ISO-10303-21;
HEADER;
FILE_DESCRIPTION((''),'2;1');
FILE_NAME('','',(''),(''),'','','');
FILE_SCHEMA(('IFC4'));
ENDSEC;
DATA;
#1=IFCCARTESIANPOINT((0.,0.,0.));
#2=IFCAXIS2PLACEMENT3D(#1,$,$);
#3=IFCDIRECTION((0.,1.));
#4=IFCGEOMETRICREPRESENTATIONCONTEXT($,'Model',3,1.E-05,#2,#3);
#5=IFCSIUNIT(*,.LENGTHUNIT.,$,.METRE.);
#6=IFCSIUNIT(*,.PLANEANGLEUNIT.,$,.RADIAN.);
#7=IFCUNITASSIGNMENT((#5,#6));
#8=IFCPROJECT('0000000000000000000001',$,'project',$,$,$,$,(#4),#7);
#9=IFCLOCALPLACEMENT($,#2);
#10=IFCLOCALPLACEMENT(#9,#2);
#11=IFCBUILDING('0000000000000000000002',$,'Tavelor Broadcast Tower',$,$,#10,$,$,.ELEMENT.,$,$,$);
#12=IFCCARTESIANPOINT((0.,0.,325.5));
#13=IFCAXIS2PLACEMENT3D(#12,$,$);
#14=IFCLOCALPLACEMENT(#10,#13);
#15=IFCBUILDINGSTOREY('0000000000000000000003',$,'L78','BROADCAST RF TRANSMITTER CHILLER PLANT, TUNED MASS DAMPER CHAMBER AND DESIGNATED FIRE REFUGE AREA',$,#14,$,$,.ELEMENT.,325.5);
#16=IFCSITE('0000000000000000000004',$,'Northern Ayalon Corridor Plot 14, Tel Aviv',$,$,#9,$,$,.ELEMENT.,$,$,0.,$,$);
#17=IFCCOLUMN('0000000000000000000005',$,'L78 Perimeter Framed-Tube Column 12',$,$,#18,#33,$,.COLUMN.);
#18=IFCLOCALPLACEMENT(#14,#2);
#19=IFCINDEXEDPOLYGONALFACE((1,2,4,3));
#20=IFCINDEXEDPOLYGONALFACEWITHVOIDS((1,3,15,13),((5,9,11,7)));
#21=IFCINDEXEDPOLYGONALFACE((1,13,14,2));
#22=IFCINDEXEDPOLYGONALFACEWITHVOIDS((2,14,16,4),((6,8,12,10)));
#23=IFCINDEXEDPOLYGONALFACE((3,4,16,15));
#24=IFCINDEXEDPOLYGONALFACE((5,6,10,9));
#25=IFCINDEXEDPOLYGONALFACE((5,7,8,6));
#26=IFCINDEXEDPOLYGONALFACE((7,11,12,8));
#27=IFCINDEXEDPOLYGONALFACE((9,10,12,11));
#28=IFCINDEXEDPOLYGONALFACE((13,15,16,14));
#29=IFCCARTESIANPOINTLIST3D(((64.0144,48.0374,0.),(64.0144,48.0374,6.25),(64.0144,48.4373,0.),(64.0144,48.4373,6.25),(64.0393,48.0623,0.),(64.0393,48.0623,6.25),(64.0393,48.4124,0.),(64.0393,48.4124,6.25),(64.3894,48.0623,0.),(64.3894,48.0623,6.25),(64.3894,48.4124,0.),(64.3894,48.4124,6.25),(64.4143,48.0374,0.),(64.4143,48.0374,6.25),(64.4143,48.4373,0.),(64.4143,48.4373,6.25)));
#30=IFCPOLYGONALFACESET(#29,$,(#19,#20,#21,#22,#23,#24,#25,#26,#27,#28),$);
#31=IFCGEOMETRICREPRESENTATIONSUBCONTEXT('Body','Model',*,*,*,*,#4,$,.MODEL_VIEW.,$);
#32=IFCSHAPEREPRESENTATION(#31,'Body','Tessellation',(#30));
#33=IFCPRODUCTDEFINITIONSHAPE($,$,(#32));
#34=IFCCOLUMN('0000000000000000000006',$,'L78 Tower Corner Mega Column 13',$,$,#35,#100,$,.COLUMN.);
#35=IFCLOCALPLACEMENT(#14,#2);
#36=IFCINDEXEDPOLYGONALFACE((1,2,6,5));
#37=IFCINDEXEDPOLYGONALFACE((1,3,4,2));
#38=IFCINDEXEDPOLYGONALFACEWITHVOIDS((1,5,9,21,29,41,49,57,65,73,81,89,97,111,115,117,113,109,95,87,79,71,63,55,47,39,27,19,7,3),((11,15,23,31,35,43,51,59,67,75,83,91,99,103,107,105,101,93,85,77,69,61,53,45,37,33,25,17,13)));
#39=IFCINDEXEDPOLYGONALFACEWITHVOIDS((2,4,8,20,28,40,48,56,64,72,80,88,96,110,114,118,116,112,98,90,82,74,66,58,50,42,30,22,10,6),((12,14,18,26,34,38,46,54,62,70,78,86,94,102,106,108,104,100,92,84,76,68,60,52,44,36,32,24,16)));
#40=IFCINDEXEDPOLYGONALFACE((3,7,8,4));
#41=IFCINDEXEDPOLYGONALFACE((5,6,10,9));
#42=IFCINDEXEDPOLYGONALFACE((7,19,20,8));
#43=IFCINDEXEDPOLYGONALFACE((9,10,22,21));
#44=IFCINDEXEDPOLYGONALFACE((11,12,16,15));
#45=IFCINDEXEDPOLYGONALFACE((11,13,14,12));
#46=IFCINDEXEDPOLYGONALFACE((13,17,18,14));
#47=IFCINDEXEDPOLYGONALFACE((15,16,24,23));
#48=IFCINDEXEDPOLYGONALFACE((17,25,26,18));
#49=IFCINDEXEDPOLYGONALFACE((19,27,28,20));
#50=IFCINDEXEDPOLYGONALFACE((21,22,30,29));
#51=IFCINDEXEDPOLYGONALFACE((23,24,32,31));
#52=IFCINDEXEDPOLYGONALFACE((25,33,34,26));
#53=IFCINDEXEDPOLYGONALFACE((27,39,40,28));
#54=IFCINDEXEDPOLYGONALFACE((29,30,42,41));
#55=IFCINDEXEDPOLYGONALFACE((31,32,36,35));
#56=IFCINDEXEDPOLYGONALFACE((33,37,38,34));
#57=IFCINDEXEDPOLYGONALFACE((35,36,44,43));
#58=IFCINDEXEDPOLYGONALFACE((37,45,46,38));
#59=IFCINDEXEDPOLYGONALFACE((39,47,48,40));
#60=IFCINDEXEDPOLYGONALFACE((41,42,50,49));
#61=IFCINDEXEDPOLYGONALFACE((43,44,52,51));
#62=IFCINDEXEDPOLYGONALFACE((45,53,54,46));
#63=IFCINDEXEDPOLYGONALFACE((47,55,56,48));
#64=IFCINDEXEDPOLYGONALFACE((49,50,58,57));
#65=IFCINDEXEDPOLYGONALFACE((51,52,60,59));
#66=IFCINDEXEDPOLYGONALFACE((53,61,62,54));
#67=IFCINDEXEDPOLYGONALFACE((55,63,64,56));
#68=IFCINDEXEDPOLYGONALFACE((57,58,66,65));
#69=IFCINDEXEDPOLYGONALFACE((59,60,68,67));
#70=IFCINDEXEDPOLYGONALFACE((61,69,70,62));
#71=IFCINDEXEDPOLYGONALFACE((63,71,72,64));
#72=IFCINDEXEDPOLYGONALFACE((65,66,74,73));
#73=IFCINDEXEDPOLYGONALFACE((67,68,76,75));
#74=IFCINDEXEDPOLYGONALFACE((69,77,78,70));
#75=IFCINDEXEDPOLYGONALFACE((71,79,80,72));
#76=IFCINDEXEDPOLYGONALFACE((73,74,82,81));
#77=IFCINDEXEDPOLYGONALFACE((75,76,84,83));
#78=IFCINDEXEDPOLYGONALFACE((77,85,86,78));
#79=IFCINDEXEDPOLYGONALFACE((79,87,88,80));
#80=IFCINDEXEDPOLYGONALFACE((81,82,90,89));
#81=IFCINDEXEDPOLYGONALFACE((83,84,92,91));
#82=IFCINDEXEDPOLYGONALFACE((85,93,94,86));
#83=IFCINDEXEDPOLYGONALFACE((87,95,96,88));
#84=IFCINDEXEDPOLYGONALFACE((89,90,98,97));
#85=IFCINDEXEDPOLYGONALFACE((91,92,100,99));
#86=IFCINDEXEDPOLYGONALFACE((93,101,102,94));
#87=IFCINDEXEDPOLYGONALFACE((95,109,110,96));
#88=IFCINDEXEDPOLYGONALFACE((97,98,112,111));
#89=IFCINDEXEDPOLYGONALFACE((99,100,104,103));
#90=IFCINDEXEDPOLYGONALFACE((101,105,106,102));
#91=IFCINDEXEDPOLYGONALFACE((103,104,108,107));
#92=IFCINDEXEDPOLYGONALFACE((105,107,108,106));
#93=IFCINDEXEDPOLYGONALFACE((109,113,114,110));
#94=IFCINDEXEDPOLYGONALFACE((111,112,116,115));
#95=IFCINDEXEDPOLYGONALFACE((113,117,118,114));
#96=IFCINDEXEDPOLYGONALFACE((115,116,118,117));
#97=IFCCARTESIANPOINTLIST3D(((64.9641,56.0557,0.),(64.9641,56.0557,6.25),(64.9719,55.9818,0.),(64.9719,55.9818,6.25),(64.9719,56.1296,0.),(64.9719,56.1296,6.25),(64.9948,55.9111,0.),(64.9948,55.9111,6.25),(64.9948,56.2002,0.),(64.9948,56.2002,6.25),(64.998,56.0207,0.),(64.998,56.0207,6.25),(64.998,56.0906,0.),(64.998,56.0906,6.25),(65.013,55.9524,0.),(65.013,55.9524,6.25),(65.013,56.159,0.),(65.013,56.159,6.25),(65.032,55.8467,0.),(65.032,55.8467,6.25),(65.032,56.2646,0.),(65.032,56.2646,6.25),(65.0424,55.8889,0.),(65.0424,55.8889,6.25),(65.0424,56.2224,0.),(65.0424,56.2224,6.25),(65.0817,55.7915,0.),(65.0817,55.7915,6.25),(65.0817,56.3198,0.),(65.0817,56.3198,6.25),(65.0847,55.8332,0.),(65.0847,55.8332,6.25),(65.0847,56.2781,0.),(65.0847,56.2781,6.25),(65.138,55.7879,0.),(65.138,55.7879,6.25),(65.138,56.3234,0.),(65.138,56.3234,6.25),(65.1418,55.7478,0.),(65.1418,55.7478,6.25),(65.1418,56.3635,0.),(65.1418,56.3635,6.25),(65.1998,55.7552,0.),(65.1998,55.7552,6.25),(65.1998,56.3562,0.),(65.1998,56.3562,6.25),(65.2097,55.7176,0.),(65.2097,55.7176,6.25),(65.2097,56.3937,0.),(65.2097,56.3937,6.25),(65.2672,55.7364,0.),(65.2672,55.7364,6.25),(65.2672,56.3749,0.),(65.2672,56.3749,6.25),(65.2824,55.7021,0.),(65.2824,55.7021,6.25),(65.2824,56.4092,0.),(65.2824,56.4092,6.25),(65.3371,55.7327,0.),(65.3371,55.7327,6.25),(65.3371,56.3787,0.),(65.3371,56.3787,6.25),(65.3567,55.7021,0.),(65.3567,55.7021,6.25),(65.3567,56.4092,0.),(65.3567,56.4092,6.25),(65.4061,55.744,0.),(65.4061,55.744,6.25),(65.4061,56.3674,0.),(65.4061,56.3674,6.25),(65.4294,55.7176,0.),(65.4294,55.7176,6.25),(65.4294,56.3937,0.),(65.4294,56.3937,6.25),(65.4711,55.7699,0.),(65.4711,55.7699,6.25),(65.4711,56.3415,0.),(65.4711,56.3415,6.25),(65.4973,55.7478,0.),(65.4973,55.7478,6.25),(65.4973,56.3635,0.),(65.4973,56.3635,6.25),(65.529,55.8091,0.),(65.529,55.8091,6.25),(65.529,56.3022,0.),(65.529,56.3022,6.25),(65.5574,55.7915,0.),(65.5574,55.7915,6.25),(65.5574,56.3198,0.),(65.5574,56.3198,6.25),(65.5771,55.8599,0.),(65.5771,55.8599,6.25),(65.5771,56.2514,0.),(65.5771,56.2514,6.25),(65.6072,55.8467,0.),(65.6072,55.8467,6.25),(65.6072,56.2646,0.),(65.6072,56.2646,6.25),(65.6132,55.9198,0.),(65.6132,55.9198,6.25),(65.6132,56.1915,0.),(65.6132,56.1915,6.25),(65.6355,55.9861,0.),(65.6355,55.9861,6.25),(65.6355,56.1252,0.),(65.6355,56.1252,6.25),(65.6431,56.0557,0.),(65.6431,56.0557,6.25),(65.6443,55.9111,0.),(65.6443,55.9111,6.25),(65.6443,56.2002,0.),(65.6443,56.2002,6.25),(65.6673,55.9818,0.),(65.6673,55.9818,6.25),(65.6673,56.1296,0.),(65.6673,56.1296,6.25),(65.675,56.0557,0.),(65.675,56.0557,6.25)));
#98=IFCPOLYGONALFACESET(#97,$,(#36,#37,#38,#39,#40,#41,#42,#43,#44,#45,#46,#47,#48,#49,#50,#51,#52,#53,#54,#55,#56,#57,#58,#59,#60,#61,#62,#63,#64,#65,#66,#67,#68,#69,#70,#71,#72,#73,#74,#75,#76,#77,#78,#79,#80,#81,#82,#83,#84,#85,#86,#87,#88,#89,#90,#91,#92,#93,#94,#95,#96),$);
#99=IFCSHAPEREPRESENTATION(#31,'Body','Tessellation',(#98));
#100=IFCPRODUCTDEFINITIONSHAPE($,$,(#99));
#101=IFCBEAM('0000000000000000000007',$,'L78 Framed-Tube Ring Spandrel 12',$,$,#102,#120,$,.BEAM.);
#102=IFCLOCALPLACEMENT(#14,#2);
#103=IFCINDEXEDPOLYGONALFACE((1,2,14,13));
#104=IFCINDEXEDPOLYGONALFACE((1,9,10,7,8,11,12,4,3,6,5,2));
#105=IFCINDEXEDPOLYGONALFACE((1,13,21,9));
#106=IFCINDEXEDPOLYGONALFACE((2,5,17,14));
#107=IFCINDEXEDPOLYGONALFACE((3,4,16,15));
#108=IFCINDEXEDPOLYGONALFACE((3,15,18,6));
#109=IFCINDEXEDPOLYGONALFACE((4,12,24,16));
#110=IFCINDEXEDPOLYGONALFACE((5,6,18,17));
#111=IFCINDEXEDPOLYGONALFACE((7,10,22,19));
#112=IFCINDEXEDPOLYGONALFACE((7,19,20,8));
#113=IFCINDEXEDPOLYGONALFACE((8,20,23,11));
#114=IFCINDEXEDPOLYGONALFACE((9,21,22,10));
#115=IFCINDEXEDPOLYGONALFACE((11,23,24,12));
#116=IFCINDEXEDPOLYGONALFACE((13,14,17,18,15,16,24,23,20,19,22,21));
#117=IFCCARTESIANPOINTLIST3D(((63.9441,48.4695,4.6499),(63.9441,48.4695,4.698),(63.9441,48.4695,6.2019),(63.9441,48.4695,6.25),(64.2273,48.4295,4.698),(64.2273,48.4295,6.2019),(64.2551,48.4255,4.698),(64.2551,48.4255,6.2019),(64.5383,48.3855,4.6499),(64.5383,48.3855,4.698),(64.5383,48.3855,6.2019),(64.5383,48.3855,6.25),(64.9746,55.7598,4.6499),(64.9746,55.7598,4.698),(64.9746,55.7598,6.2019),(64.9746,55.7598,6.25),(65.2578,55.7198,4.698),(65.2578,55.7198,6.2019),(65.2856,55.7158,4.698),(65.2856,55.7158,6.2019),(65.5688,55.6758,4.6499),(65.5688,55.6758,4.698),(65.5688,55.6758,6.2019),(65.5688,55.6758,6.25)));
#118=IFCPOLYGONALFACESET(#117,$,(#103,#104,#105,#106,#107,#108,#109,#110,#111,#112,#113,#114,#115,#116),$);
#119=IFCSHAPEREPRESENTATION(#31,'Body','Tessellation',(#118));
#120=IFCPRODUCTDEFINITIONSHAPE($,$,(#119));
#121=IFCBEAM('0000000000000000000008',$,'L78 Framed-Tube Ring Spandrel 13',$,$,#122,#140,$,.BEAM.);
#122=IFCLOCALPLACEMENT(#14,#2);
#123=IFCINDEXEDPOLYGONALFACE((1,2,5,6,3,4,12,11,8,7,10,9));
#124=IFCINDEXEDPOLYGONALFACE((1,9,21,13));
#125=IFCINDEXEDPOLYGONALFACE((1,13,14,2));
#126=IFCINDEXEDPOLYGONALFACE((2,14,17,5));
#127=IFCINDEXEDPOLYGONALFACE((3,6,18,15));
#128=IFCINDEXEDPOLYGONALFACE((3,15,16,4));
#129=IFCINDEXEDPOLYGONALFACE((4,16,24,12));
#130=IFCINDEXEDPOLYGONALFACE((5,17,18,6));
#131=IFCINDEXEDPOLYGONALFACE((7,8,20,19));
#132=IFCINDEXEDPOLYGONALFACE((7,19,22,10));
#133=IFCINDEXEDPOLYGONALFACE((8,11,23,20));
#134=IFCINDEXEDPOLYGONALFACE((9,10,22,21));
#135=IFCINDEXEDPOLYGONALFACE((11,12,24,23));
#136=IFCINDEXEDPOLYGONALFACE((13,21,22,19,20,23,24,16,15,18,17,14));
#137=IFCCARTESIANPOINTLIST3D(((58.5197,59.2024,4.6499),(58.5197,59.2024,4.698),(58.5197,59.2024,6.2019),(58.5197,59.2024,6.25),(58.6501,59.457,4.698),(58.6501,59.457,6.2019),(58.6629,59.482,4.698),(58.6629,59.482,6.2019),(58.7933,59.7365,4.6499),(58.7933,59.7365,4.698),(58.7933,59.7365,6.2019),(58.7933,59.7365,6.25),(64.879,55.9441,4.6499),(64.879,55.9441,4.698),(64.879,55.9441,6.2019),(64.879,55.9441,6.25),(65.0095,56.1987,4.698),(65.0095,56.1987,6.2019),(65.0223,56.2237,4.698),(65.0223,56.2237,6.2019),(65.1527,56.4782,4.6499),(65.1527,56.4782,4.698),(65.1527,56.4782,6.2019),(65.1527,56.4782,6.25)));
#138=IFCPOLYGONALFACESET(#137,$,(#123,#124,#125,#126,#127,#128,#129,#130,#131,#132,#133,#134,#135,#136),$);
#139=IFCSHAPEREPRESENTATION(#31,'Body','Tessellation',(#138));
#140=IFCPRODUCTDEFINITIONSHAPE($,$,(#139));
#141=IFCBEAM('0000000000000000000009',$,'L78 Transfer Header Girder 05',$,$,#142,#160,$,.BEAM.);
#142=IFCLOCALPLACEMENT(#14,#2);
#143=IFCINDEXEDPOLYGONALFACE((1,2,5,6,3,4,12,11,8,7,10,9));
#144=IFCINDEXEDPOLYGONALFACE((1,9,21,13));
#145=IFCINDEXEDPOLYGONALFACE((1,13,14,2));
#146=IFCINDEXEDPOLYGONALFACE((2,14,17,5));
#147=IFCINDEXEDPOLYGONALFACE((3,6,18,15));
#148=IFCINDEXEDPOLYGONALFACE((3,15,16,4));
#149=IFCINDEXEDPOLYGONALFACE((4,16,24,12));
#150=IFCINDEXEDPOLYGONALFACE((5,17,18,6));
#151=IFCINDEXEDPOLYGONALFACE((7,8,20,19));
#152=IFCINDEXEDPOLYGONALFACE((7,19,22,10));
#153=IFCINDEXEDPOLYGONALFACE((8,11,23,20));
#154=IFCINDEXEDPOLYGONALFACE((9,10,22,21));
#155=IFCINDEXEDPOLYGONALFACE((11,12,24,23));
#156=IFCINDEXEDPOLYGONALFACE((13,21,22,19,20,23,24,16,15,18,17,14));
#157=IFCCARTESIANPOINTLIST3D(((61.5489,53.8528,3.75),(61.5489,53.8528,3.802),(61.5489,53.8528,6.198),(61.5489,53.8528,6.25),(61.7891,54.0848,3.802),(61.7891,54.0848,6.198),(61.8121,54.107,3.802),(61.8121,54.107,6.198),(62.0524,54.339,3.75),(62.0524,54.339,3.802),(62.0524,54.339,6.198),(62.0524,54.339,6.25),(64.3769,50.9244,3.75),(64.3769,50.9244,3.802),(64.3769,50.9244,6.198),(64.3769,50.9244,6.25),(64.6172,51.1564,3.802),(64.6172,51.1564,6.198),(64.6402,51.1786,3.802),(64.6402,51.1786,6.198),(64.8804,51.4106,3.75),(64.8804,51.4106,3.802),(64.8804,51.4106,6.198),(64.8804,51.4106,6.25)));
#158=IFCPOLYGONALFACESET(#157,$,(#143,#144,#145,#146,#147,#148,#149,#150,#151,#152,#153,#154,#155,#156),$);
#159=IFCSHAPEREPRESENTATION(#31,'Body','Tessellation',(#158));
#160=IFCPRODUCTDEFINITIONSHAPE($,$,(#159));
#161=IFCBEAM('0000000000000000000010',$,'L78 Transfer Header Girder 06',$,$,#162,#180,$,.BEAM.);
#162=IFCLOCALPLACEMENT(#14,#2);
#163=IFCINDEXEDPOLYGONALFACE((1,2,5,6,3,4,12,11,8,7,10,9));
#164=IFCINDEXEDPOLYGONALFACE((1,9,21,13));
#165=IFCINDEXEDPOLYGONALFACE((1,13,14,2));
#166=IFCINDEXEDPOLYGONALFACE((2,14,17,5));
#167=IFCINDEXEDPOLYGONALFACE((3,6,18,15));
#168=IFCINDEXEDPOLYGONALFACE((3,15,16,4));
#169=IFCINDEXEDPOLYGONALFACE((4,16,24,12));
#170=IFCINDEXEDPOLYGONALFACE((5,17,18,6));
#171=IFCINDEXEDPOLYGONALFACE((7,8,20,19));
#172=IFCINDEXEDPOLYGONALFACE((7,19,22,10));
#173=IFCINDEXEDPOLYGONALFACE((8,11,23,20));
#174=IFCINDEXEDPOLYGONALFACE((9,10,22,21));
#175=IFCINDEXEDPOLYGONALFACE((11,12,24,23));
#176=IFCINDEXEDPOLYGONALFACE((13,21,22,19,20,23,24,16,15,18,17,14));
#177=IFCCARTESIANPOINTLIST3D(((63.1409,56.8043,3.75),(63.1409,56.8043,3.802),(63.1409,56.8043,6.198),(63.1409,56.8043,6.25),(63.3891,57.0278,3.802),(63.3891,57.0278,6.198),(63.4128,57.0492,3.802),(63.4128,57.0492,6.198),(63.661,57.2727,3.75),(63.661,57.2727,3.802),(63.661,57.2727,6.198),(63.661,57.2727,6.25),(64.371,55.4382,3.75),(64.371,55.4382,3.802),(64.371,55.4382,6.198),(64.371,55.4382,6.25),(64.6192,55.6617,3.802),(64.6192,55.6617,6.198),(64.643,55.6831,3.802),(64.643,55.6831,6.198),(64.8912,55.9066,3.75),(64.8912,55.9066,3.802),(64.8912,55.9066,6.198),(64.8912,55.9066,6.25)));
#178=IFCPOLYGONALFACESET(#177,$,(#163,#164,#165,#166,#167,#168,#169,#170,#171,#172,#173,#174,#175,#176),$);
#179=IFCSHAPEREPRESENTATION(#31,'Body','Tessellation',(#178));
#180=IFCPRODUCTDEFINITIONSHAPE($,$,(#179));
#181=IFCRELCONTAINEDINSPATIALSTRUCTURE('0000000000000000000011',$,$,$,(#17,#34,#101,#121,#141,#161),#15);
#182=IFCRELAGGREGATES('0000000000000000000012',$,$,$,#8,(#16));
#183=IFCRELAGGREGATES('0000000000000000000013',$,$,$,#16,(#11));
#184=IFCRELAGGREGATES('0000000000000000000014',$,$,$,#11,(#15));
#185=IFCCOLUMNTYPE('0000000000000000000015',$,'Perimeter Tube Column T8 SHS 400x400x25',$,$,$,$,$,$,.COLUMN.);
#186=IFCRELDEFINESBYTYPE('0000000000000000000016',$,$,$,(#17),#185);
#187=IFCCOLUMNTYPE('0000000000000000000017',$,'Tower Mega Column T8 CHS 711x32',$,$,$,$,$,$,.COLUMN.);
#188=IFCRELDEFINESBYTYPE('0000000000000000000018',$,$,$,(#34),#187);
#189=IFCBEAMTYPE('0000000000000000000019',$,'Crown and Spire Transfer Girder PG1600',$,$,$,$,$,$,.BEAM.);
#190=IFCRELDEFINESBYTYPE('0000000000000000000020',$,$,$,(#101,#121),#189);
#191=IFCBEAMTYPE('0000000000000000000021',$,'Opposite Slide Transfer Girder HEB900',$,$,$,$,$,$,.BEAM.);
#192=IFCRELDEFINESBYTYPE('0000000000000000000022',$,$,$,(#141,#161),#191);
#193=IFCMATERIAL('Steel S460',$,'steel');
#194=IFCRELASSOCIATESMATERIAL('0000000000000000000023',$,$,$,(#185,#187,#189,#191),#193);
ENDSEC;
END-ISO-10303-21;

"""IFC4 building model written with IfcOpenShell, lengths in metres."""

from ifc_helpers import new_model, si_unit, direction, frame, origin, origin_2d, place, context, subcontext, project, spatial, hollow_rectangle, hollow_circle, i_section, extrude, material, material_profile, profile_set, type_object, element, save


model = new_model("IFC4")

# Units and contexts
model_context = context("Model", 3, precision=1e-05, world=origin(), true_north=direction((0.0, 1.0)))
body_context = subcontext(model_context, "Body", "Model", "MODEL_VIEW")
ifc_project = project(units=[si_unit("LENGTHUNIT", "METRE"), si_unit("PLANEANGLEUNIT", "RADIAN")], contexts=[model_context])

# Site, building, storey
site_placement = place(None, origin())
site = spatial("IfcSite", under=ifc_project, at=site_placement, Name="Northern Ayalon Corridor Plot 14, Tel Aviv", CompositionType="ELEMENT", RefElevation=0.0)
building_placement = place(site_placement, origin())
building = spatial("IfcBuilding", under=site, at=building_placement, Name="Tavelor Broadcast Tower", CompositionType="ELEMENT")
storey_placement = place(building_placement, frame((0.0, 0.0, 325.5)))
storey = spatial("IfcBuildingStorey", under=building, at=storey_placement, Name="L78", Description="BROADCAST RF TRANSMITTER CHILLER PLANT, TUNED MASS DAMPER CHAMBER AND DESIGNATED FIRE REFUGE AREA", CompositionType="ELEMENT", Elevation=325.5)

# Columns
ifc_material_1 = material(Name="Steel S460", Category="steel")
ifc_material_profile_1 = material_profile(ifc_material_1, hollow_rectangle(XDim=0.3999, YDim=0.3999, WallThickness=0.0249, at=origin_2d()), Name="SHS 400x400x25")
ifc_profile_set_1 = profile_set([ifc_material_profile_1], Name="Steel S460")
column_type_1 = type_object("IfcColumnType", Name="Perimeter Tube Column T8 SHS 400x400x25", PredefinedType="COLUMN", material=ifc_profile_set_1)
column_1_placement = place(storey_placement, frame((64.2144, 48.2373, 0.0), z_axis=(0.0, 0.0, 1.0), x_axis=(1.0, 0.0, 0.0)))
element("IfcColumn", 1, at=column_1_placement, inside=storey, type_object=column_type_1, Name="L78 Perimeter Framed-Tube Column 12", PredefinedType="COLUMN", context=body_context, shape_type="SweptSolid", body=[
    extrude(hollow_rectangle(XDim=0.3999, YDim=0.3999, WallThickness=0.0249, at=origin_2d()), origin(), (0.0, 0.0, 1.0), 6.25),
])
ifc_material_profile_2 = material_profile(ifc_material_1, hollow_circle(Radius=0.3555, WallThickness=0.032, at=origin_2d()), Name="CHS 711x32")
ifc_profile_set_2 = profile_set([ifc_material_profile_2], Name="Steel S460")
column_type_2 = type_object("IfcColumnType", Name="Tower Mega Column T8 CHS 711x32", PredefinedType="COLUMN", material=ifc_profile_set_2)
column_2_placement = place(storey_placement, frame((65.3196, 56.0557, 0.0), z_axis=(0.0, 0.0, 1.0), x_axis=(1.0, 0.0, 0.0)))
element("IfcColumn", 2, at=column_2_placement, inside=storey, type_object=column_type_2, Name="L78 Tower Corner Mega Column 13", PredefinedType="COLUMN", context=body_context, shape_type="SweptSolid", body=[
    extrude(hollow_circle(Radius=0.3555, WallThickness=0.032, at=origin_2d()), origin(), (0.0, 0.0, 1.0), 6.25),
])

# Beams
ifc_material_profile_3 = material_profile(ifc_material_1, i_section(OverallWidth=0.6001, OverallDepth=1.6001, WebThickness=0.0281, FlangeThickness=0.0481, at=origin_2d()), Name="PG 1600x600")
ifc_profile_set_3 = profile_set([ifc_material_profile_3], Name="Steel S460")
beam_type_1 = type_object("IfcBeamType", Name="Crown and Spire Transfer Girder PG1600", PredefinedType="BEAM", material=ifc_profile_set_3)
beam_1_placement = place(storey_placement, frame((64.2412, 48.4275, 5.45), z_axis=(0.139964, 0.990157, 0.0), x_axis=(-0.990157, 0.139964, 0.0)))
element("IfcBeam", 3, at=beam_1_placement, inside=storey, type_object=beam_type_1, Name="L78 Framed-Tube Ring Spandrel 12", PredefinedType="BEAM", context=body_context, shape_type="SweptSolid", body=[
    extrude(i_section(OverallWidth=0.6001, OverallDepth=1.6001, WebThickness=0.0281, FlangeThickness=0.0481, at=origin_2d()), origin(), (0.0, 0.0, 1.0), 7.3628),
])
beam_2_placement = place(storey_placement, frame((65.0159, 56.2112, 5.45), z_axis=(-0.889983, 0.455993, 0.0), x_axis=(-0.455993, -0.889983, 0.0)))
element("IfcBeam", 4, at=beam_2_placement, inside=storey, type_object=beam_type_1, Name="L78 Framed-Tube Ring Spandrel 13", PredefinedType="BEAM", context=body_context, shape_type="SweptSolid", body=[
    extrude(i_section(OverallWidth=0.6001, OverallDepth=1.6001, WebThickness=0.0281, FlangeThickness=0.0481, at=origin_2d()), origin(), (0.0, 0.0, 1.0), 7.1455),
])
ifc_material_profile_4 = material_profile(ifc_material_1, i_section(OverallWidth=0.7, OverallDepth=2.5, WebThickness=0.032, FlangeThickness=0.052, at=origin_2d()), Name="PG 2500x700")
ifc_profile_set_4 = profile_set([ifc_material_profile_4], Name="Steel S460")
beam_type_2 = type_object("IfcBeamType", Name="Opposite Slide Transfer Girder HEB900", PredefinedType="BEAM", material=ifc_profile_set_4)
beam_3_placement = place(storey_placement, frame((64.6287, 51.1675, 5.0), z_axis=(-0.694676, 0.719323, 0.0), x_axis=(-0.719323, -0.694676, 0.0)))
element("IfcBeam", 5, at=beam_3_placement, inside=storey, type_object=beam_type_2, Name="L78 Transfer Header Girder 05", PredefinedType="BEAM", context=body_context, shape_type="SweptSolid", body=[
    extrude(i_section(OverallWidth=0.7, OverallDepth=2.5, WebThickness=0.032, FlangeThickness=0.052, at=origin_2d()), origin(), (0.0, 0.0, 1.0), 4.071),
])
beam_4_placement = place(storey_placement, frame((64.6311, 55.6724, 5.0), z_axis=(-0.669155, 0.743122, 0.0), x_axis=(-0.743122, -0.669155, 0.0)))
element("IfcBeam", 6, at=beam_4_placement, inside=storey, type_object=beam_type_2, Name="L78 Transfer Header Girder 06", PredefinedType="BEAM", context=body_context, shape_type="SweptSolid", body=[
    extrude(i_section(OverallWidth=0.7, OverallDepth=2.5, WebThickness=0.032, FlangeThickness=0.052, at=origin_2d()), origin(), (0.0, 0.0, 1.0), 1.8384),
])

save(model, "model.ifc")
